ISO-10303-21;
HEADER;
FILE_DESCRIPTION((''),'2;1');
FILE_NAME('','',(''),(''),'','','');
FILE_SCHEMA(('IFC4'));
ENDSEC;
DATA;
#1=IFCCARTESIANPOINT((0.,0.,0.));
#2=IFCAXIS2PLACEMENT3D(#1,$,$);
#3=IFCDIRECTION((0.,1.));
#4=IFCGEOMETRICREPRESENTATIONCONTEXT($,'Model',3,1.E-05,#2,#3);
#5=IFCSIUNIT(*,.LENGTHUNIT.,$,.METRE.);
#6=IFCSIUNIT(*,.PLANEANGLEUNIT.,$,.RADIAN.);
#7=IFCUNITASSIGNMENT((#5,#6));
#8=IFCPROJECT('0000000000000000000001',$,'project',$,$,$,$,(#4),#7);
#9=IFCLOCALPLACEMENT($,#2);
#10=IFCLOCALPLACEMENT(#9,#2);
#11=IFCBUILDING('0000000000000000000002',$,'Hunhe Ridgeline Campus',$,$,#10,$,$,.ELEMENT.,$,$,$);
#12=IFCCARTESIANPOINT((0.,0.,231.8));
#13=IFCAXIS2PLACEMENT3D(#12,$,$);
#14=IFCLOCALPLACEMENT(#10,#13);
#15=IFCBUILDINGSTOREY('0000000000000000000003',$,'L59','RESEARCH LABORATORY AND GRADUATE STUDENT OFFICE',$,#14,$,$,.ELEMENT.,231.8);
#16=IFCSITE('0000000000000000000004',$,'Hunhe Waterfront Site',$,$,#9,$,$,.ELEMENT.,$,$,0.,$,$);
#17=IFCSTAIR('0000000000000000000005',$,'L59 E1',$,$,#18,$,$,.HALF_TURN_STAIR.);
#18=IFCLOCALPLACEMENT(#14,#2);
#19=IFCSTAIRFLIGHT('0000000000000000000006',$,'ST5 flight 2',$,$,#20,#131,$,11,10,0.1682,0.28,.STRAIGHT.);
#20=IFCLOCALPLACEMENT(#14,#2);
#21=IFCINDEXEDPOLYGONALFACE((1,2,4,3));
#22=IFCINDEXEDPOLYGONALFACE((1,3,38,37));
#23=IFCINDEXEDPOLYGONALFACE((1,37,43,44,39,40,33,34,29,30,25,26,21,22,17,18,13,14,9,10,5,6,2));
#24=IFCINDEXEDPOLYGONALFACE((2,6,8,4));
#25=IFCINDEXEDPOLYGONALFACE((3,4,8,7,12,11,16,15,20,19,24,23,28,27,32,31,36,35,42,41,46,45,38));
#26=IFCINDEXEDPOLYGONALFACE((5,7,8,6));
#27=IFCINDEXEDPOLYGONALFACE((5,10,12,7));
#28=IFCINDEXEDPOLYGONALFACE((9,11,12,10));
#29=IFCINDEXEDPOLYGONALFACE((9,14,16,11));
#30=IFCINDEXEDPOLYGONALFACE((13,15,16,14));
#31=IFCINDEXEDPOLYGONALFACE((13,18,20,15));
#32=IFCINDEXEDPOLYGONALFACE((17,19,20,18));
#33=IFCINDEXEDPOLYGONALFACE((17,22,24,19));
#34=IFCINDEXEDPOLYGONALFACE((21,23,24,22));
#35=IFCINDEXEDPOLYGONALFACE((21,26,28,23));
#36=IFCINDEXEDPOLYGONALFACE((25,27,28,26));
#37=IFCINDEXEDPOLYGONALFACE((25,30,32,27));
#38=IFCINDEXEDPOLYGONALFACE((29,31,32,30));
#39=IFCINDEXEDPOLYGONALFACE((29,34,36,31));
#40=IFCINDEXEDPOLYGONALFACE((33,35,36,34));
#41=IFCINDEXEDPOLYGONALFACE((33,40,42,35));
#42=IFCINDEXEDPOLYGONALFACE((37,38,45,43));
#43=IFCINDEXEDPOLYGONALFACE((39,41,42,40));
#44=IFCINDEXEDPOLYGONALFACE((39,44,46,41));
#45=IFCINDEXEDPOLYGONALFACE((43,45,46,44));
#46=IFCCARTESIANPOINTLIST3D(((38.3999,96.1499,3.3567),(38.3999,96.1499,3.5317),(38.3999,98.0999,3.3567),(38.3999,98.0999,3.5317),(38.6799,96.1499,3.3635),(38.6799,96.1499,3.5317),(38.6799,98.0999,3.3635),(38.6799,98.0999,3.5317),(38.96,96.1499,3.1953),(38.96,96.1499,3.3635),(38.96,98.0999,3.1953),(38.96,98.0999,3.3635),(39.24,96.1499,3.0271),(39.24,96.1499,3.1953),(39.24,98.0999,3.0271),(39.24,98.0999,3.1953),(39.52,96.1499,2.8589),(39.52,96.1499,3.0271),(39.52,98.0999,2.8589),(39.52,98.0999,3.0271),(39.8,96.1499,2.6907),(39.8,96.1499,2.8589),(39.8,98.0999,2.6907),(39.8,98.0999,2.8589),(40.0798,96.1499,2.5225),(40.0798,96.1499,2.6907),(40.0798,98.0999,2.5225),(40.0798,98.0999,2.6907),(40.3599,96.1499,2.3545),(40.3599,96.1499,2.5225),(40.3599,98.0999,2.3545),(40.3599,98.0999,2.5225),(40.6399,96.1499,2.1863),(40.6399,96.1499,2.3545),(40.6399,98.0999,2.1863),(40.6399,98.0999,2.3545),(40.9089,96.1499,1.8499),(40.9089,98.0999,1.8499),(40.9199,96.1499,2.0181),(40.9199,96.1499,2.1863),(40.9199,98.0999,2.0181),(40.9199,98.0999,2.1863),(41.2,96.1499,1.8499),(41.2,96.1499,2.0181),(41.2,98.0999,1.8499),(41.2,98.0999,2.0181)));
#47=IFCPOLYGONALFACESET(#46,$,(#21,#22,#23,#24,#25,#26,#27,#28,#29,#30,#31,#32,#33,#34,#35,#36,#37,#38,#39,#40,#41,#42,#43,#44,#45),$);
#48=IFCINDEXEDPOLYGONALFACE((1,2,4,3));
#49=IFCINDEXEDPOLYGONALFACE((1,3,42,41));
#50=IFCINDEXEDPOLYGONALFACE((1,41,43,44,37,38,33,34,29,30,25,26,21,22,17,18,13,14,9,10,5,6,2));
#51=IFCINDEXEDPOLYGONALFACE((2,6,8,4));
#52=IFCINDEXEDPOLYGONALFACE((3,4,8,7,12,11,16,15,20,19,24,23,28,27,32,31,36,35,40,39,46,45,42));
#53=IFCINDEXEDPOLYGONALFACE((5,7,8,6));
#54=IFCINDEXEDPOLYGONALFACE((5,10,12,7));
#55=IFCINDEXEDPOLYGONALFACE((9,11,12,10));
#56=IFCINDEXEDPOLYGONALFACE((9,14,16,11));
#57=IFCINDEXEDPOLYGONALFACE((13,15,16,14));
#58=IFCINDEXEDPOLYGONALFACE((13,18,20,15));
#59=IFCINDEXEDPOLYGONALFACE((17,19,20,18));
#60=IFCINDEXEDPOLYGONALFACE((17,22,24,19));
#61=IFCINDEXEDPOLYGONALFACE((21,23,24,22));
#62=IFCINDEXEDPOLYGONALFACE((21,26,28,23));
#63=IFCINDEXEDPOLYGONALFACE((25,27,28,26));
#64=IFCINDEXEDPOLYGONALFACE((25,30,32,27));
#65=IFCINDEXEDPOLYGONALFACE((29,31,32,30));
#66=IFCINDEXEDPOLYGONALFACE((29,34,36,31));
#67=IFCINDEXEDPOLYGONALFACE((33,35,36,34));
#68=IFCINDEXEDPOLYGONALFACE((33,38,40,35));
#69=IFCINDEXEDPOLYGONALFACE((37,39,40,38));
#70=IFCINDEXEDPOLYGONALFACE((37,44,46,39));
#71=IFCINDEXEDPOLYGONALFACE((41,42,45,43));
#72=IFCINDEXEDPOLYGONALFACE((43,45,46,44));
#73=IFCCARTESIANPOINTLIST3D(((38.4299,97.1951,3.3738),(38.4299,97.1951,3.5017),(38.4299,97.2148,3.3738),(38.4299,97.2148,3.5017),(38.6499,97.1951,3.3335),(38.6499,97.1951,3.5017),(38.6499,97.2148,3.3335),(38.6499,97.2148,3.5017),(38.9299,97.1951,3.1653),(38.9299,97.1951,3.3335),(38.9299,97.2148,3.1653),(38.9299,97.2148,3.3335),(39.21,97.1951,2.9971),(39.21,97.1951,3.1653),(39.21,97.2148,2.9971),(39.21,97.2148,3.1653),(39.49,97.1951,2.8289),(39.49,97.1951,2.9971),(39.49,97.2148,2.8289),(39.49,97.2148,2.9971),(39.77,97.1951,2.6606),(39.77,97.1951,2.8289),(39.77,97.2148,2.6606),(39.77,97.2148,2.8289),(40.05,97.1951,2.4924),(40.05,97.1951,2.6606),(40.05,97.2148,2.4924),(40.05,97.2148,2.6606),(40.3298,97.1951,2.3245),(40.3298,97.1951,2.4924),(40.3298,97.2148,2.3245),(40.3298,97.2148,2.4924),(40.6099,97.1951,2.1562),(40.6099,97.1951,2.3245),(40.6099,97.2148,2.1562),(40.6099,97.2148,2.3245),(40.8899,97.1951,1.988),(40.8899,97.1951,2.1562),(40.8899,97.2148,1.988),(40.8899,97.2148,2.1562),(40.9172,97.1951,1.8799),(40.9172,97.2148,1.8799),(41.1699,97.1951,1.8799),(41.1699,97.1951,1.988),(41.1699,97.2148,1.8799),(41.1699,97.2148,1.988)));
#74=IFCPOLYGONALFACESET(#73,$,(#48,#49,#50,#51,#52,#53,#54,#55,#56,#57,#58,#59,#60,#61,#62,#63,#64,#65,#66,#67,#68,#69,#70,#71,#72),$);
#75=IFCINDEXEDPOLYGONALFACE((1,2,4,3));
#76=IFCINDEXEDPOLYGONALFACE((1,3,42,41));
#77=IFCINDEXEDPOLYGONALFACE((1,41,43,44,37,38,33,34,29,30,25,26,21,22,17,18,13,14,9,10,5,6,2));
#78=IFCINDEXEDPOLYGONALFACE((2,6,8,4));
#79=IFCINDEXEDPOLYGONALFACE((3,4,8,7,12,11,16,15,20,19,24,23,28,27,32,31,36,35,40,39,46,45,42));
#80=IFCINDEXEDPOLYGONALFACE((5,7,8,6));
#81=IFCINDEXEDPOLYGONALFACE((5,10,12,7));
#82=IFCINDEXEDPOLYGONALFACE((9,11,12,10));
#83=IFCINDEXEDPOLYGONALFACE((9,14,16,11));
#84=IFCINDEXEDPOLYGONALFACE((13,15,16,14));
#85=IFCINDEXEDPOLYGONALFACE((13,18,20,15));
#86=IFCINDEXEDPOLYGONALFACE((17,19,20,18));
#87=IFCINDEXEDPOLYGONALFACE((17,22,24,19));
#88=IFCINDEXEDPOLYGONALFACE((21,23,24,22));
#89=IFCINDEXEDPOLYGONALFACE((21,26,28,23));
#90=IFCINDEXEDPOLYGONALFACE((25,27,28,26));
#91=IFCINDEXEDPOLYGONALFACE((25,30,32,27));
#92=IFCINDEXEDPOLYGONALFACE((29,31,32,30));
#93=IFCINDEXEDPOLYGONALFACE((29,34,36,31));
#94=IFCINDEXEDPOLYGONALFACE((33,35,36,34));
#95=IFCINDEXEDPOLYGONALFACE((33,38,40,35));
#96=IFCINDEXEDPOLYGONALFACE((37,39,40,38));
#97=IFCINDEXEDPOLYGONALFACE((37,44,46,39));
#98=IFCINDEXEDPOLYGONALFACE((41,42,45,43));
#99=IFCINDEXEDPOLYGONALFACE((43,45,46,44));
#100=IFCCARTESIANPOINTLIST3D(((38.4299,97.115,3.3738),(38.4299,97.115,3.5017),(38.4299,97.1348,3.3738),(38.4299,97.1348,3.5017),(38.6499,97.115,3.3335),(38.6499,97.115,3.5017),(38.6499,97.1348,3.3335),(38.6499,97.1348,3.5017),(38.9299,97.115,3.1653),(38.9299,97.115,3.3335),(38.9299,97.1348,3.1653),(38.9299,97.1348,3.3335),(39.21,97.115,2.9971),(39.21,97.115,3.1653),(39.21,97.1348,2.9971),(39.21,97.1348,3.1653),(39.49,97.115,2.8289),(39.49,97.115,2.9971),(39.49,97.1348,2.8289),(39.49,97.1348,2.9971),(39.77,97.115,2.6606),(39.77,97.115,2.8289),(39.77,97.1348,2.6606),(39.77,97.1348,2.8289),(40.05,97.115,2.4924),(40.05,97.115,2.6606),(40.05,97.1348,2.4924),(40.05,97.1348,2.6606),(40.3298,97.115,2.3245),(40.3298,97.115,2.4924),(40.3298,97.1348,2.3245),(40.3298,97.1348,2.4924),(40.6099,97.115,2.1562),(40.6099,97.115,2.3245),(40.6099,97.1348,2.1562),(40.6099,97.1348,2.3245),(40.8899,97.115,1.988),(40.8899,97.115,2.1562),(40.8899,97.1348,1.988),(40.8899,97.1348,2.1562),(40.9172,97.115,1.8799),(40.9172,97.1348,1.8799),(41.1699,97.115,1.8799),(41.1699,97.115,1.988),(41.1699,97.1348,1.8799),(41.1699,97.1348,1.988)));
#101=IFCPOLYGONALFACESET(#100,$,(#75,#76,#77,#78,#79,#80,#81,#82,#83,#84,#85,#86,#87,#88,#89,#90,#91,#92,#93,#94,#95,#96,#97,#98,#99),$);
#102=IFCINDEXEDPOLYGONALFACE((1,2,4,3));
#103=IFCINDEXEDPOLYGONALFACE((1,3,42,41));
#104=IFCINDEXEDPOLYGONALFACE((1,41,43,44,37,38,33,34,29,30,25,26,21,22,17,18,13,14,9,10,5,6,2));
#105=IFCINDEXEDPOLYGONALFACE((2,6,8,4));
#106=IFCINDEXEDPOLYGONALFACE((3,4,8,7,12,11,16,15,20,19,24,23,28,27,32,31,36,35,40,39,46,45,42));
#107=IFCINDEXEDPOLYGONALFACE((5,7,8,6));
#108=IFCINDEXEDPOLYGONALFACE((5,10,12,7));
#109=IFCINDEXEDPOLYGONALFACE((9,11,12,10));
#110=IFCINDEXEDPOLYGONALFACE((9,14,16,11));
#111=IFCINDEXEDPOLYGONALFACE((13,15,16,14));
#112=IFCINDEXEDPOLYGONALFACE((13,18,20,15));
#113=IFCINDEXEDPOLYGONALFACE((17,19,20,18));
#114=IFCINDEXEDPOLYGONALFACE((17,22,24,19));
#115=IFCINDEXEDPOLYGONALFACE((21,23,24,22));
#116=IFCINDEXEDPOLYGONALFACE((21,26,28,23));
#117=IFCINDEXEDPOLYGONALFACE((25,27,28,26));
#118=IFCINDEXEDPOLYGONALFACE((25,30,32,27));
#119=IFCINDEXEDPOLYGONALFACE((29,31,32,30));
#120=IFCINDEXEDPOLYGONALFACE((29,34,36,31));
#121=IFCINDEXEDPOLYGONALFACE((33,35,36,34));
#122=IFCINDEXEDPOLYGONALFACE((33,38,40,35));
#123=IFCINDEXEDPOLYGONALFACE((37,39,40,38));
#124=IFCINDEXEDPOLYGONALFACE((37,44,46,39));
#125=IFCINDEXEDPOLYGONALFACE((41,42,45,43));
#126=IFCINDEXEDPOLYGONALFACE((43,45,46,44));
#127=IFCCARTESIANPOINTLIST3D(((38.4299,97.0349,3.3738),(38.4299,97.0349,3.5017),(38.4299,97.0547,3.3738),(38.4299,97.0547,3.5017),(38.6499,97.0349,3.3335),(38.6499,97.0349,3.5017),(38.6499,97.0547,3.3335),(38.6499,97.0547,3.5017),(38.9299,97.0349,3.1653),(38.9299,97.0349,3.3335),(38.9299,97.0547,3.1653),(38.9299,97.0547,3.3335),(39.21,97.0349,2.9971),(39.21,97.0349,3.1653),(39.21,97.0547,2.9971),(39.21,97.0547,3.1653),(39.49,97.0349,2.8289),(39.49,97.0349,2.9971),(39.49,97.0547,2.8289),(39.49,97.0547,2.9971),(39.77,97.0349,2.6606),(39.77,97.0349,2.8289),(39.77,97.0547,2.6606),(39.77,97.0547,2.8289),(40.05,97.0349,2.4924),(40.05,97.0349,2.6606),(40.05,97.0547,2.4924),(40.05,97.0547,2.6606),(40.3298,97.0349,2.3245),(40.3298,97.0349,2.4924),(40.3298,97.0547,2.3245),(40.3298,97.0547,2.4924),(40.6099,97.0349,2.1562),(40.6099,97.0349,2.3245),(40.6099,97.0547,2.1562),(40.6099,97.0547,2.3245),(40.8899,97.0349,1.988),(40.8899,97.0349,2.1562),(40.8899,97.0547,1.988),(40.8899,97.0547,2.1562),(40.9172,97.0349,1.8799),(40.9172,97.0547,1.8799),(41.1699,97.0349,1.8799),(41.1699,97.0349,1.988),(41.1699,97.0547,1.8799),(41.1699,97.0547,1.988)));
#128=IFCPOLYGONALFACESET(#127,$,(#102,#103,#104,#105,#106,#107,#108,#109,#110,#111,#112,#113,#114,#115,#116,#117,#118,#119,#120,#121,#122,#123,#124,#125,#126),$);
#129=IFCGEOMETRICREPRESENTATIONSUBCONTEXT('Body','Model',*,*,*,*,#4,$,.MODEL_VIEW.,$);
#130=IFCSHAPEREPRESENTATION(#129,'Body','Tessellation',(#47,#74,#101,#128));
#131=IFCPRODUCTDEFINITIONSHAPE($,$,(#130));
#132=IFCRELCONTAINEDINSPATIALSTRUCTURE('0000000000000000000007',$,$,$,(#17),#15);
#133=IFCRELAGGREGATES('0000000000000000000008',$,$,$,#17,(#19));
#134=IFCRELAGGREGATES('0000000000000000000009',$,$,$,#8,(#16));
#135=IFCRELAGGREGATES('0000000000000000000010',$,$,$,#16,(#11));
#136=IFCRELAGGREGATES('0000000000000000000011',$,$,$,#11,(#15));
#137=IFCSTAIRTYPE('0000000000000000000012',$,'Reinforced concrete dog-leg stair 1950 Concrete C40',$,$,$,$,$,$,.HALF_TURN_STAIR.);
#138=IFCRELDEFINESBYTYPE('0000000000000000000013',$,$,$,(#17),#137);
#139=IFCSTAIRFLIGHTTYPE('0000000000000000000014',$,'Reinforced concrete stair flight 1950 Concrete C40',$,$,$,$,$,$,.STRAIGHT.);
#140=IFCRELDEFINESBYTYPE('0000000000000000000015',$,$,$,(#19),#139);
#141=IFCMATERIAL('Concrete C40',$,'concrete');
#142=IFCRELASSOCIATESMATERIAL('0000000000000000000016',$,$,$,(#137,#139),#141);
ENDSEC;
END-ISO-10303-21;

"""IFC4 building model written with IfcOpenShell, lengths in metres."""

from ifc_helpers import new_model, si_unit, direction, frame, origin, place, context, subcontext, project, spatial, polyline, outline, extrude, material, type_object, element, aggregate, save


model = new_model("IFC4")

# Units and contexts
model_context = context("Model", 3, precision=1e-05, world=origin(), true_north=direction((0.0, 1.0)))
body_context = subcontext(model_context, "Body", "Model", "MODEL_VIEW")
ifc_project = project(units=[si_unit("LENGTHUNIT", "METRE"), si_unit("PLANEANGLEUNIT", "RADIAN")], contexts=[model_context])

# Site, building, storey
site_placement = place(None, origin())
site = spatial("IfcSite", under=ifc_project, at=site_placement, Name="Hunhe Waterfront Site", CompositionType="ELEMENT", RefElevation=0.0)
building_placement = place(site_placement, origin())
building = spatial("IfcBuilding", under=site, at=building_placement, Name="Hunhe Ridgeline Campus", CompositionType="ELEMENT")
storey_placement = place(building_placement, frame((0.0, 0.0, 231.8)))
storey = spatial("IfcBuildingStorey", under=building, at=storey_placement, Name="L59", Description="RESEARCH LABORATORY AND GRADUATE STUDENT OFFICE", CompositionType="ELEMENT", Elevation=231.8)

# Stair, stair flight
ifc_material_1 = material(Name="Concrete C40", Category="concrete")
stair_type = type_object("IfcStairType", Name="Reinforced concrete dog-leg stair 1950 Concrete C40", PredefinedType="HALF_TURN_STAIR", material=ifc_material_1)
stair_placement = place(storey_placement, origin())
stair = element("IfcStair", 1, at=stair_placement, inside=storey, type_object=stair_type, Name="L59 E1", PredefinedType="HALF_TURN_STAIR")
stair_flight_type = type_object("IfcStairFlightType", Name="Reinforced concrete stair flight 1950 Concrete C40", PredefinedType="STRAIGHT", material=ifc_material_1)
stair_flight_1_placement = place(storey_placement, frame((41.2, 97.125, 1.8499), z_axis=(0.0, 0.0, 1.0), x_axis=(-1.0, 0.0, 0.0)))
stair_flight_1 = element("IfcStairFlight", 2, at=stair_flight_1_placement, type_object=stair_flight_type, Name="ST5 flight 2", NumberOfRisers=11, NumberOfTreads=10, PredefinedType="STRAIGHT", RiserHeight=0.1682, TreadLength=0.28, context=body_context, shape_type="SweptSolid", body=[
    extrude(outline(polyline([(0.0, 0.0), (0.0, 0.1682), (0.28, 0.1682), (0.28, 0.3364), (0.5601, 0.3364), (0.5601, 0.5046), (0.8401, 0.5046), (0.8401, 0.6726), (1.1201, 0.6726), (1.1201, 0.8408), (1.3999, 0.8408), (1.3999, 1.009), (1.6799, 1.009), (1.6799, 1.1772), (1.96, 1.1772), (1.96, 1.3455), (2.24, 1.3455), (2.24, 1.5137), (2.52, 1.5137), (2.52, 1.6819), (2.8, 1.6819), (2.8, 1.8501), (2.8, 1.5068), (0.291, 0.0), (0.0, 0.0)])), frame((0.0, 0.9751, 0.0), z_axis=(0.0, -1.0, 0.0), x_axis=(1.0, 0.0, 0.0)), (0.0, 0.0, 1.0), 1.95),
    extrude(outline(polyline([(0.03, 0.03), (0.03, 0.1382), (0.3101, 0.1382), (0.3101, 0.3064), (0.5901, 0.3064), (0.5901, 0.4746), (0.8701, 0.4746), (0.8701, 0.6426), (1.1499, 0.6426), (1.1499, 0.8108), (1.4299, 0.8108), (1.4299, 0.979), (1.71, 0.979), (1.71, 1.1472), (1.99, 1.1472), (1.99, 1.3154), (2.27, 1.3154), (2.27, 1.4836), (2.55, 1.4836), (2.55, 1.6519), (2.77, 1.6519), (2.77, 1.5239), (0.2827, 0.03), (0.03, 0.03)])), frame((0.0, -0.0701, 0.0), z_axis=(0.0, -1.0, 0.0), x_axis=(1.0, 0.0, 0.0)), (0.0, 0.0, 1.0), 0.0198),
    extrude(outline(polyline([(0.03, 0.03), (0.03, 0.1382), (0.3101, 0.1382), (0.3101, 0.3064), (0.5901, 0.3064), (0.5901, 0.4746), (0.8701, 0.4746), (0.8701, 0.6426), (1.1499, 0.6426), (1.1499, 0.8108), (1.4299, 0.8108), (1.4299, 0.979), (1.71, 0.979), (1.71, 1.1472), (1.99, 1.1472), (1.99, 1.3154), (2.27, 1.3154), (2.27, 1.4836), (2.55, 1.4836), (2.55, 1.6519), (2.77, 1.6519), (2.77, 1.5239), (0.2827, 0.03), (0.03, 0.03)])), frame((0.0, 0.01, 0.0), z_axis=(0.0, -1.0, 0.0), x_axis=(1.0, 0.0, 0.0)), (0.0, 0.0, 1.0), 0.0198),
    extrude(outline(polyline([(0.03, 0.03), (0.03, 0.1382), (0.3101, 0.1382), (0.3101, 0.3064), (0.5901, 0.3064), (0.5901, 0.4746), (0.8701, 0.4746), (0.8701, 0.6426), (1.1499, 0.6426), (1.1499, 0.8108), (1.4299, 0.8108), (1.4299, 0.979), (1.71, 0.979), (1.71, 1.1472), (1.99, 1.1472), (1.99, 1.3154), (2.27, 1.3154), (2.27, 1.4836), (2.55, 1.4836), (2.55, 1.6519), (2.77, 1.6519), (2.77, 1.5239), (0.2827, 0.03), (0.03, 0.03)])), frame((0.0, 0.0901, 0.0), z_axis=(0.0, -1.0, 0.0), x_axis=(1.0, 0.0, 0.0)), (0.0, 0.0, 1.0), 0.0198),
])
aggregate(stair, [stair_flight_1])

save(model, "model.ifc")
